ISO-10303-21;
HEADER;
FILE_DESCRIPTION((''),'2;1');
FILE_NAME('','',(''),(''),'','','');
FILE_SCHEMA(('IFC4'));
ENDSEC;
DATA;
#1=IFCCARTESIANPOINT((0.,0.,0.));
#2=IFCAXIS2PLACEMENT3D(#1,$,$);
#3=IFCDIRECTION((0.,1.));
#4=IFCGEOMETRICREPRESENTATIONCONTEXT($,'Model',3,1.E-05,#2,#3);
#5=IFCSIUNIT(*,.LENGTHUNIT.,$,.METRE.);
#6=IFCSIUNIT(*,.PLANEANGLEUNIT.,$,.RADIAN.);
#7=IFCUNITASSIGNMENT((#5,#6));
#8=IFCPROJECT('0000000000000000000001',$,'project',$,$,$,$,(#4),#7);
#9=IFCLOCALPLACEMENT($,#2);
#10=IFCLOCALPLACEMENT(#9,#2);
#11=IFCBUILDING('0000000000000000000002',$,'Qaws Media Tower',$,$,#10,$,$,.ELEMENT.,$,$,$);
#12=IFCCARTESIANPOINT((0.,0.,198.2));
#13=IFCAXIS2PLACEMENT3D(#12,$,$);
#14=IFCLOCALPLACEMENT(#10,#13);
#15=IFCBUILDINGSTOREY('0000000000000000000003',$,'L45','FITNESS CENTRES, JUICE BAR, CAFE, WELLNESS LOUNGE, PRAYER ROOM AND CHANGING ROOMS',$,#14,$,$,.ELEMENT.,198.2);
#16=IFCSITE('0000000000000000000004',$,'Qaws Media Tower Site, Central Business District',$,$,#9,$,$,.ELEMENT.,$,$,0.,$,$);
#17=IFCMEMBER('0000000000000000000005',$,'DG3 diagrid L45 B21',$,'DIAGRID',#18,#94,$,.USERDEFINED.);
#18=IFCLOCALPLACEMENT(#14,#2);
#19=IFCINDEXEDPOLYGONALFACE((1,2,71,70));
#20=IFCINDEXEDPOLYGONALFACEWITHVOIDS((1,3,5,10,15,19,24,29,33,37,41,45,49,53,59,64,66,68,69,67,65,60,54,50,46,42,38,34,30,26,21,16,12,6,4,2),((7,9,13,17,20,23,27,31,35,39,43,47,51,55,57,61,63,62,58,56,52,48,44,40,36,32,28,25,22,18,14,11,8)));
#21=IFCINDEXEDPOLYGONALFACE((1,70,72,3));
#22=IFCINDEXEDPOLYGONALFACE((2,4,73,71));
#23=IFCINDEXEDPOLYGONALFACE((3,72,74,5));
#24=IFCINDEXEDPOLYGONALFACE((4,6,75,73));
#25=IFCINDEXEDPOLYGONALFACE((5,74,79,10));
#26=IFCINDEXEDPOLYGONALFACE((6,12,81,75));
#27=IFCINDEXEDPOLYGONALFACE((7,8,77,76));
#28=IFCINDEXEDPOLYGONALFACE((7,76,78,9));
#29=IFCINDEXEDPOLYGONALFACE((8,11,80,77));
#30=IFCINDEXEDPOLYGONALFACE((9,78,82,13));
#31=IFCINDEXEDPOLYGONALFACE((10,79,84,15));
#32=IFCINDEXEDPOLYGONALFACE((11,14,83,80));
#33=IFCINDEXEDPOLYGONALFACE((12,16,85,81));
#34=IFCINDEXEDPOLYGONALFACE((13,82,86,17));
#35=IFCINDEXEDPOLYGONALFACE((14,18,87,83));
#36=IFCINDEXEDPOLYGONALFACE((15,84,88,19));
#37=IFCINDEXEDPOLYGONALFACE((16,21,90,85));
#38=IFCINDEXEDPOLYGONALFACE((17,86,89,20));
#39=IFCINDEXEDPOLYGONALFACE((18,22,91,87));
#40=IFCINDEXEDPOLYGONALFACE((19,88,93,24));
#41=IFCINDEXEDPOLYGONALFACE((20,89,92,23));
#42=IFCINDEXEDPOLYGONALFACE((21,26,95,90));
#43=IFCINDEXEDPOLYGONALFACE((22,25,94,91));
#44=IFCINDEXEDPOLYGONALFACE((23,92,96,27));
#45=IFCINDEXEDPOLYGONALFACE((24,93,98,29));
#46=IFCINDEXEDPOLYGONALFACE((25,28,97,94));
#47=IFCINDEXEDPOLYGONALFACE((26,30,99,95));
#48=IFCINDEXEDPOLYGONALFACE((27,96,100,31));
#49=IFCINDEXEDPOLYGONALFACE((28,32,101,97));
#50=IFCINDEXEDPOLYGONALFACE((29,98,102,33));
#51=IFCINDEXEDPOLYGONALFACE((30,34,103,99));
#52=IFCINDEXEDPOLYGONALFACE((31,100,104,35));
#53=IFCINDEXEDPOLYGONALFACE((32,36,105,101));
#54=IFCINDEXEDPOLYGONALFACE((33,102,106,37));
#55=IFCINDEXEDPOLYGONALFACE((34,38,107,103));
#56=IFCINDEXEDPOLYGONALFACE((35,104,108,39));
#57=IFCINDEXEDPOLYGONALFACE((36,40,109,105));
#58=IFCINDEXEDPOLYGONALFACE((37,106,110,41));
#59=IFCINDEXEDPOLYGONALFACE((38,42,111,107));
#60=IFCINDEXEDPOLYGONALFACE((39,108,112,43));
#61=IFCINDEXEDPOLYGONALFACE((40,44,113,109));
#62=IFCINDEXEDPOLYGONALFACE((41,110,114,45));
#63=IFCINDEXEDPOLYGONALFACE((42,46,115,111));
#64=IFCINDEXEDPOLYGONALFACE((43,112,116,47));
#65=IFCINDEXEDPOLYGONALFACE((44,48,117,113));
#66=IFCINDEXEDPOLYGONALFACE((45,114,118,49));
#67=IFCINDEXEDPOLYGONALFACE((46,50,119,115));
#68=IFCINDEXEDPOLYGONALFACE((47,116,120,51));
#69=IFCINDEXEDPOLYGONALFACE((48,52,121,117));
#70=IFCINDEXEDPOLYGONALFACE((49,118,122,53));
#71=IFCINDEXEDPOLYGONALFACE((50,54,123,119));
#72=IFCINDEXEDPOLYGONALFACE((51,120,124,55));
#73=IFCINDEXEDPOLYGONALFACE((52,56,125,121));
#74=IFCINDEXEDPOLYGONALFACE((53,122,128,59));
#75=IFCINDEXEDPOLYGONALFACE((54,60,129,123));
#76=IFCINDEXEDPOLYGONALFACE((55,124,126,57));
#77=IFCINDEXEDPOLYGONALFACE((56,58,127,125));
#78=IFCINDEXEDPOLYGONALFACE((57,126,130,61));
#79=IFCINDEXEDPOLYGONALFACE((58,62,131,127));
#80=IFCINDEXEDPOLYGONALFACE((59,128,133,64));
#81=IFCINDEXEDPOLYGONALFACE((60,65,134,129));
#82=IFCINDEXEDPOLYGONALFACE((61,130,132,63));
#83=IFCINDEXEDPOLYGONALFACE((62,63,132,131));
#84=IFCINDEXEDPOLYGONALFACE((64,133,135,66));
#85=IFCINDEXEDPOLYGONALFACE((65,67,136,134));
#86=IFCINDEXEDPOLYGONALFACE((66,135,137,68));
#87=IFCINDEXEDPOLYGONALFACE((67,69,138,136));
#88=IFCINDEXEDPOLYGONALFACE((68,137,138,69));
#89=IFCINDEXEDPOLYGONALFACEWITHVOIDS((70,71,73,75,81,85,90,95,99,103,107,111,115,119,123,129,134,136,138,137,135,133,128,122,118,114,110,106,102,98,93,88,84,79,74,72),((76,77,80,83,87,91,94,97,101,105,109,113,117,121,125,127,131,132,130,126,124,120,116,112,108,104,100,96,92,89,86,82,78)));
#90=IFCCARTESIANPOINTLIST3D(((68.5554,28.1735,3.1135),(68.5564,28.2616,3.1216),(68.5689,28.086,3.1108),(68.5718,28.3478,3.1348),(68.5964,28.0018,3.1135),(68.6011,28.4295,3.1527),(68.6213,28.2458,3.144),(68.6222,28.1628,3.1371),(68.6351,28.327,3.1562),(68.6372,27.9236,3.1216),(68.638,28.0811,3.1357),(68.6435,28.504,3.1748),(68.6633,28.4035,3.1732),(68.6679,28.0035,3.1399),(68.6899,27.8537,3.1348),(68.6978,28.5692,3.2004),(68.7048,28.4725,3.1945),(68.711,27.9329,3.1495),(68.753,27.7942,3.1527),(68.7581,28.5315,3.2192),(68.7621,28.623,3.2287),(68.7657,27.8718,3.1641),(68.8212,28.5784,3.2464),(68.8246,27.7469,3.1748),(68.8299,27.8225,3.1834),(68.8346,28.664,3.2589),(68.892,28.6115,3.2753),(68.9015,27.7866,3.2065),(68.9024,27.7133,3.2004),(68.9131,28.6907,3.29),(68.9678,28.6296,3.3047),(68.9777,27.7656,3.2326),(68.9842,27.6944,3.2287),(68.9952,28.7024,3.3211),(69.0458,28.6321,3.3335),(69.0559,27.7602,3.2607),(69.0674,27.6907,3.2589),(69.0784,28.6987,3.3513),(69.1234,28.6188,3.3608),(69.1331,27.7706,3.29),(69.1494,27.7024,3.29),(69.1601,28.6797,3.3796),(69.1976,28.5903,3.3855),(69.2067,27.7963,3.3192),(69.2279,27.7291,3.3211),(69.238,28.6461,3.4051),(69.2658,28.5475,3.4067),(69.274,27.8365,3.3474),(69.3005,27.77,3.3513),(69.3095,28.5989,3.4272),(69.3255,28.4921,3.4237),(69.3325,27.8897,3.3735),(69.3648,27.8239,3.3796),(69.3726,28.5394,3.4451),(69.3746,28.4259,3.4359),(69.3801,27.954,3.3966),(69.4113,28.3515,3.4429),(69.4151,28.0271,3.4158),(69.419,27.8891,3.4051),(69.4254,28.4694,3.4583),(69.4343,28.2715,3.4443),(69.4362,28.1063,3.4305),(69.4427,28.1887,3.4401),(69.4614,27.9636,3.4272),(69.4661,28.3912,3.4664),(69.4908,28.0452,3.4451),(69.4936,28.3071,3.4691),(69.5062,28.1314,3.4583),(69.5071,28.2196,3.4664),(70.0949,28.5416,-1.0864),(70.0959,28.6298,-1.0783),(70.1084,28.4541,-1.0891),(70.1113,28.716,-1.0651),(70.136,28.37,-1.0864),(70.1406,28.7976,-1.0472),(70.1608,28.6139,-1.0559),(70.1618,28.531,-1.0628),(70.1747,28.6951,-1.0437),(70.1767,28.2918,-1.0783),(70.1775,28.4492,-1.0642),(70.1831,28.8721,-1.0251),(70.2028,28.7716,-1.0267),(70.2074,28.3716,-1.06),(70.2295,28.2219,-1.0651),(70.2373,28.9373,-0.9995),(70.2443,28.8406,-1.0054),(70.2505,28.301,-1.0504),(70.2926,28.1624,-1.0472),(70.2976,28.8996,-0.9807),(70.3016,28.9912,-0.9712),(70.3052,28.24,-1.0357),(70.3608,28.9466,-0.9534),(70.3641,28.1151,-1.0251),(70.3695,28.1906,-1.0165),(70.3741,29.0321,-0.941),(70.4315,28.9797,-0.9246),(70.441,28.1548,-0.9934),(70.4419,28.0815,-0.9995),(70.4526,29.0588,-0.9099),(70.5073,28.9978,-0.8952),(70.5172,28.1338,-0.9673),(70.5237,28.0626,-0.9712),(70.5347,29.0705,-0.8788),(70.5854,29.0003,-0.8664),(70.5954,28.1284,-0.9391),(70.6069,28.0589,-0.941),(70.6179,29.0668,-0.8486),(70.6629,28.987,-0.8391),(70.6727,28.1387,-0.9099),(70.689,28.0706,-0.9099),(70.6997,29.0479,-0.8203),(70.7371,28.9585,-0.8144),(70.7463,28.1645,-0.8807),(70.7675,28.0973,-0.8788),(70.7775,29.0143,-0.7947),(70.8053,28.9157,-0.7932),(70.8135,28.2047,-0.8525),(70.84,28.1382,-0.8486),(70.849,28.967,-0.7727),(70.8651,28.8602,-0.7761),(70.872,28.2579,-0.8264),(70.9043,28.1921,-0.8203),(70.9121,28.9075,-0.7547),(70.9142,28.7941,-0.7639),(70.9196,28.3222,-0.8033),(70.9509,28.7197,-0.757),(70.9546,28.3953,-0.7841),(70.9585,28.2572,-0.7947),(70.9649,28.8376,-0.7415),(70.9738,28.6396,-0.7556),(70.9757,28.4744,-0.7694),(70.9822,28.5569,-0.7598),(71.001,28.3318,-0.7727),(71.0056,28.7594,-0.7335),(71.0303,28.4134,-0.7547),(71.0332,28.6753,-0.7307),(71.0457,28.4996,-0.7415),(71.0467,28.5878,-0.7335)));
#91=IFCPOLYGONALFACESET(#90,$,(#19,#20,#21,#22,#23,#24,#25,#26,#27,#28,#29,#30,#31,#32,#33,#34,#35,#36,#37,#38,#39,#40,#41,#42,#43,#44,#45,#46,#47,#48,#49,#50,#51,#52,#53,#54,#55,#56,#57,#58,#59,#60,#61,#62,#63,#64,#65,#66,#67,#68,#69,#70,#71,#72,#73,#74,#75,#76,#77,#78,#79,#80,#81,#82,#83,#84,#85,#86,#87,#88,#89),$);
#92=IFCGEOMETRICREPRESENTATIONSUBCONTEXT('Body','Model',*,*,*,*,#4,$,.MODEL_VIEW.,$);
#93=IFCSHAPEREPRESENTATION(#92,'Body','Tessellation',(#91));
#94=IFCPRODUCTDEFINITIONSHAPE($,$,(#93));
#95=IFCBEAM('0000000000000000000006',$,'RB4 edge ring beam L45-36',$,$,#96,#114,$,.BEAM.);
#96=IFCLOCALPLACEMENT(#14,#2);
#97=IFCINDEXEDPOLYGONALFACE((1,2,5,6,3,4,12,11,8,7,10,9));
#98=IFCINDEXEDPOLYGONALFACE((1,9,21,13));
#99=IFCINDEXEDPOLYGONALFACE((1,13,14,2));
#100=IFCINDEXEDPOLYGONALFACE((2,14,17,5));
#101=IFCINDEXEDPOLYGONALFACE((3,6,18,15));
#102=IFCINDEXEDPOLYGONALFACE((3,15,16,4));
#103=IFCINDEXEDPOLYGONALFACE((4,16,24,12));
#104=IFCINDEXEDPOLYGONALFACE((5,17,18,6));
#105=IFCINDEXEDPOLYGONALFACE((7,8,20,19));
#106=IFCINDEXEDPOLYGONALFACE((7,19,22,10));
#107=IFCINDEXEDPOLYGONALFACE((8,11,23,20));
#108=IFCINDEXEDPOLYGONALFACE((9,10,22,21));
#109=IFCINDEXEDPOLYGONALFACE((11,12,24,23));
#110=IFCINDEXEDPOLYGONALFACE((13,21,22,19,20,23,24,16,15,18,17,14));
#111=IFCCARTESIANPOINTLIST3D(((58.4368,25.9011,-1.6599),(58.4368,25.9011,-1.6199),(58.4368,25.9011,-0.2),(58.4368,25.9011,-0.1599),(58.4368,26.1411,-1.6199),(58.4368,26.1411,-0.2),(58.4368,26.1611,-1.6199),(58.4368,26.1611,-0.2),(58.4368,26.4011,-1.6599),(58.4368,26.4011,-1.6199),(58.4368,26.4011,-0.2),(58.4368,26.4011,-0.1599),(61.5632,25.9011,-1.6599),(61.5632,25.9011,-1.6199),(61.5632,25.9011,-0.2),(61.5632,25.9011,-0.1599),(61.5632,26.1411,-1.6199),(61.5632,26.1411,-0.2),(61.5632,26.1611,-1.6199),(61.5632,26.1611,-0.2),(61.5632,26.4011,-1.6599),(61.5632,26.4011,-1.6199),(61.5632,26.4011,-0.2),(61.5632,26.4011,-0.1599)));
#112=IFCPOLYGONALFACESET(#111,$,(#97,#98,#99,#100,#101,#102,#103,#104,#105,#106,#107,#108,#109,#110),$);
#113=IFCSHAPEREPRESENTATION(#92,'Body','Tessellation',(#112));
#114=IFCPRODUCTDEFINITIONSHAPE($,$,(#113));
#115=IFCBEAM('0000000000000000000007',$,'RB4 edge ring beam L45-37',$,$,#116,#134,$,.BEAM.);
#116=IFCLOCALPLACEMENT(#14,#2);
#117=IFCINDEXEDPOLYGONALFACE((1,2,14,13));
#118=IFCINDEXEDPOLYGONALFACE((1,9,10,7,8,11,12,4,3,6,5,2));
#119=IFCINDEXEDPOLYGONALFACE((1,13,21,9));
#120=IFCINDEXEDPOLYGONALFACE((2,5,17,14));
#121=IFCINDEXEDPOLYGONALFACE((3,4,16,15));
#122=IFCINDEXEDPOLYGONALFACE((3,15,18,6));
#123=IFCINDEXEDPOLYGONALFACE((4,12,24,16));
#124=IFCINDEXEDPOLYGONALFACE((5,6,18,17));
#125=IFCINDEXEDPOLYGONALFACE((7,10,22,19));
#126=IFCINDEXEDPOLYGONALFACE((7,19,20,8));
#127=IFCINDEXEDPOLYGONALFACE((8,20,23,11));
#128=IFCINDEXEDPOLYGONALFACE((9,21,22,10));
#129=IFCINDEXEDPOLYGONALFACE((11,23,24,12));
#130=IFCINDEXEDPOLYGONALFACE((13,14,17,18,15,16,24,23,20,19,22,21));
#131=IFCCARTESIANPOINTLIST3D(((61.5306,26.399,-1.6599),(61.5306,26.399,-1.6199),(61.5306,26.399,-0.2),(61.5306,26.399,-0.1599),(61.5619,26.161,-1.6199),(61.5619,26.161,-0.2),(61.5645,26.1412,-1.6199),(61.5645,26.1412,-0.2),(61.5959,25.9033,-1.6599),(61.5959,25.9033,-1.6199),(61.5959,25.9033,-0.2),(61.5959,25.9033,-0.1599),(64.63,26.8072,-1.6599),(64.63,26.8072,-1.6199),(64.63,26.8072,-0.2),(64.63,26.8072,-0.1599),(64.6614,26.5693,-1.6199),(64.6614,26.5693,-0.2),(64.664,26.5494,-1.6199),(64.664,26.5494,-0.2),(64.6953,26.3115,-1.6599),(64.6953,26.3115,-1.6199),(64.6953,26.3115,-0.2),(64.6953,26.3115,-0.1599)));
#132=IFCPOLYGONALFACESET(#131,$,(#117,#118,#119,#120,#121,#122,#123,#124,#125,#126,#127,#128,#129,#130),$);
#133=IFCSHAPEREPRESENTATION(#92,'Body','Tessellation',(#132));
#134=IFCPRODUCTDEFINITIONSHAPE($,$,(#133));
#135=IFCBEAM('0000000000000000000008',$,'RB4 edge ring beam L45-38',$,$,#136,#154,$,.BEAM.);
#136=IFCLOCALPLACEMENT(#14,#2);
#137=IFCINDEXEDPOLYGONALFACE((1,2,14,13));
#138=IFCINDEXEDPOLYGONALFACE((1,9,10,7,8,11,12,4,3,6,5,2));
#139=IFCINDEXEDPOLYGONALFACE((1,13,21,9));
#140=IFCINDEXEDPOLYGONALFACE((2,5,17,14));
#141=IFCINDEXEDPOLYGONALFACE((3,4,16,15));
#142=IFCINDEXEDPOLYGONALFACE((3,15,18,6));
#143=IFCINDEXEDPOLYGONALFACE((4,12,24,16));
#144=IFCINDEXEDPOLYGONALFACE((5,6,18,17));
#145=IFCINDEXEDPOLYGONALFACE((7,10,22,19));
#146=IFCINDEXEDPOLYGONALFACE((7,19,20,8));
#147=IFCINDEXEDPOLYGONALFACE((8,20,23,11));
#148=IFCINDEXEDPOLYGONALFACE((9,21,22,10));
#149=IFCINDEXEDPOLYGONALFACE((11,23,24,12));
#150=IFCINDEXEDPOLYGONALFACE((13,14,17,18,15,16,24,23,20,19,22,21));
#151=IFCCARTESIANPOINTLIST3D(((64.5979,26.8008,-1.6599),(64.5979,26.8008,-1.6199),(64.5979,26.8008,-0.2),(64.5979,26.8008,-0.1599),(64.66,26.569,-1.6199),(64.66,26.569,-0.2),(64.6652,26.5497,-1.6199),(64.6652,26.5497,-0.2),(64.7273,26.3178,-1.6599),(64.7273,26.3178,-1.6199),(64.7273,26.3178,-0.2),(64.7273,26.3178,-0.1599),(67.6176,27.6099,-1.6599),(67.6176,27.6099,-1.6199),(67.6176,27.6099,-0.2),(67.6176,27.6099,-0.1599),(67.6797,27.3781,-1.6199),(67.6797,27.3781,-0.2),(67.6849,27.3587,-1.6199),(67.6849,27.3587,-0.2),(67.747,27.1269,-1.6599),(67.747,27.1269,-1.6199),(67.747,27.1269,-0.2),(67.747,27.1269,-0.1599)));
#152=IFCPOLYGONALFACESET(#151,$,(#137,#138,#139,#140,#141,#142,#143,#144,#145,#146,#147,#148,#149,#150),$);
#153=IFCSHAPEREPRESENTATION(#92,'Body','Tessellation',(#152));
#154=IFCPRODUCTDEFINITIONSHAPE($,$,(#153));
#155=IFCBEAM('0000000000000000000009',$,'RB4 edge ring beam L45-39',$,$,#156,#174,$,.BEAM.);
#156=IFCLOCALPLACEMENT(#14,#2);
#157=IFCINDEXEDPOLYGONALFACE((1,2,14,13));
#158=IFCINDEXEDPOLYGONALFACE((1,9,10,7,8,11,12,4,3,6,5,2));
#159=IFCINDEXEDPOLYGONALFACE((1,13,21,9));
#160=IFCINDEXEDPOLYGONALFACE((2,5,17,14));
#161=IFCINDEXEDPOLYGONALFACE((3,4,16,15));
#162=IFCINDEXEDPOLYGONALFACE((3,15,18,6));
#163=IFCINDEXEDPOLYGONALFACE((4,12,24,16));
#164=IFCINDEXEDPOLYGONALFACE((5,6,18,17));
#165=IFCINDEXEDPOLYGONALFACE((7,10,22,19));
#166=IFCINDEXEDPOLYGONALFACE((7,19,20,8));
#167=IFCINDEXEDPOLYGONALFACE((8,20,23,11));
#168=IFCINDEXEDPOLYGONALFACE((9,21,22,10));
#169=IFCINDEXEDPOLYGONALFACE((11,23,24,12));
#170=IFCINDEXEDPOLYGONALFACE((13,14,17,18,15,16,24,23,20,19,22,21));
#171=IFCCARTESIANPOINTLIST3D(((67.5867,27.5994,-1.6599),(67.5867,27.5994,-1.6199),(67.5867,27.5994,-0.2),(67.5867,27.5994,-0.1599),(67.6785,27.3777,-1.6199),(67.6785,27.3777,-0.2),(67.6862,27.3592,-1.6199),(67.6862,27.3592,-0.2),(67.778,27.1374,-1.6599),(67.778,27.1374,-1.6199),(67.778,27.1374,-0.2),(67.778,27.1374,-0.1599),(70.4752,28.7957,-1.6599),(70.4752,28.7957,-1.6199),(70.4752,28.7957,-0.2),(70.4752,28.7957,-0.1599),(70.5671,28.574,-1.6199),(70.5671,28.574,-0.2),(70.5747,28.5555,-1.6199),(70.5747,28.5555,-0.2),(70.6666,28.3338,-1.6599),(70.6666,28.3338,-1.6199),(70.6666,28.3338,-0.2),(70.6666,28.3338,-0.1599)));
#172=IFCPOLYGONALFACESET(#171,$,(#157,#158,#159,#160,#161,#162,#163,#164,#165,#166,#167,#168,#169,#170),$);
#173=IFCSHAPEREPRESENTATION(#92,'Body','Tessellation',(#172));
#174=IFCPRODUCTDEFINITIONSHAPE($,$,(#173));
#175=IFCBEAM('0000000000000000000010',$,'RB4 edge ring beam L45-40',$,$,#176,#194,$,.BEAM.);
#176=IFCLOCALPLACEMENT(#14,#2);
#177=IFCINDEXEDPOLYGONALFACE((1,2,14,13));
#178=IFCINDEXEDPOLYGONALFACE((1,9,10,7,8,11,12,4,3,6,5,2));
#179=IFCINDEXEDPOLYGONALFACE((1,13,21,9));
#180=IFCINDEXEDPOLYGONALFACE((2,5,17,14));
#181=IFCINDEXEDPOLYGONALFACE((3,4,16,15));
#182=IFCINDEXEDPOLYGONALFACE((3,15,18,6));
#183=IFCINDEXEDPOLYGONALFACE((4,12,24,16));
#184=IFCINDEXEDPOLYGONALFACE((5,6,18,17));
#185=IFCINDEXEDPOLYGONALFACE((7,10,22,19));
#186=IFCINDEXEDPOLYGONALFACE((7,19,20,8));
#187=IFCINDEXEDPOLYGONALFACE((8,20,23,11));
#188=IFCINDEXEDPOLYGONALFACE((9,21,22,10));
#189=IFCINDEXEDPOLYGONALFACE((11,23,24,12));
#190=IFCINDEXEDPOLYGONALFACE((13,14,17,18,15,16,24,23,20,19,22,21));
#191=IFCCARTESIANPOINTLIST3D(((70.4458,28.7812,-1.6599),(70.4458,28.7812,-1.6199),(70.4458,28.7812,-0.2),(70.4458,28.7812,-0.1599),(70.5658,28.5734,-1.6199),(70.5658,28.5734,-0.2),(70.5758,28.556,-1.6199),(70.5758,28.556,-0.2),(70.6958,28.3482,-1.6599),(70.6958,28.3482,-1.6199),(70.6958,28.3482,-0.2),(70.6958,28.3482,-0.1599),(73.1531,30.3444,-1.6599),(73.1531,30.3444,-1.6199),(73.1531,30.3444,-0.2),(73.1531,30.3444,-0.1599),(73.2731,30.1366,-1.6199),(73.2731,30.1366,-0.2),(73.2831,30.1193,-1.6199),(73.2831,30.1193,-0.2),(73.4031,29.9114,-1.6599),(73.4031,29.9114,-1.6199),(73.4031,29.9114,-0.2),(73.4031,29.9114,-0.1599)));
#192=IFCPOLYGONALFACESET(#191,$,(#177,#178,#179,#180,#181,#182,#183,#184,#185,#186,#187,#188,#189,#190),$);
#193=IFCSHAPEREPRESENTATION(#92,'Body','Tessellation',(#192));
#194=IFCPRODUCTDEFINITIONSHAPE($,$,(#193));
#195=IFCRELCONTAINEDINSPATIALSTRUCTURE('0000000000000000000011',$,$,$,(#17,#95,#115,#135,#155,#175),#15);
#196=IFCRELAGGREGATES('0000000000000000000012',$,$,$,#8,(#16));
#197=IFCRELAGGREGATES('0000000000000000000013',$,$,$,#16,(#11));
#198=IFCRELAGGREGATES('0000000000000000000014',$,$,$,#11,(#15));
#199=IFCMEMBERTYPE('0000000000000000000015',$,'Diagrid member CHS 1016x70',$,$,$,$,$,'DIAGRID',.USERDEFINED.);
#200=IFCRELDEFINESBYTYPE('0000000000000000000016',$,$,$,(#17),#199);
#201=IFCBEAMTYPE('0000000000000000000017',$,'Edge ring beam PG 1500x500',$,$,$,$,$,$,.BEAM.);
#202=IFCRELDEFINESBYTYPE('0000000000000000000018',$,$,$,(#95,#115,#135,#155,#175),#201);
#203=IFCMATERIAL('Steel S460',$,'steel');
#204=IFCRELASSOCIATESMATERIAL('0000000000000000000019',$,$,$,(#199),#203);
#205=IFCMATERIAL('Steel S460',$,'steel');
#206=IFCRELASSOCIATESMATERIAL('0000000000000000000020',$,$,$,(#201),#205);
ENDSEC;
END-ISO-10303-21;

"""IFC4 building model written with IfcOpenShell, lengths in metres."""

from ifc_helpers import new_model, si_unit, direction, frame, origin, origin_2d, place, context, subcontext, project, spatial, hollow_circle, i_section, extrude, material, material_profile, profile_set, type_object, element, save


model = new_model("IFC4")

# Units and contexts
model_context = context("Model", 3, precision=1e-05, world=origin(), true_north=direction((0.0, 1.0)))
body_context = subcontext(model_context, "Body", "Model", "MODEL_VIEW")
ifc_project = project(units=[si_unit("LENGTHUNIT", "METRE"), si_unit("PLANEANGLEUNIT", "RADIAN")], contexts=[model_context])

# Site, building, storey
site_placement = place(None, origin())
site = spatial("IfcSite", under=ifc_project, at=site_placement, Name="Qaws Media Tower Site, Central Business District", CompositionType="ELEMENT", RefElevation=0.0)
building_placement = place(site_placement, origin())
building = spatial("IfcBuilding", under=site, at=building_placement, Name="Qaws Media Tower", CompositionType="ELEMENT")
storey_placement = place(building_placement, frame((0.0, 0.0, 198.2)))
storey = spatial("IfcBuildingStorey", under=building, at=storey_placement, Name="L45", Description="FITNESS CENTRES, JUICE BAR, CAFE, WELLNESS LOUNGE, PRAYER ROOM AND CHANGING ROOMS", CompositionType="ELEMENT", Elevation=198.2)

# Member
ifc_material_1 = material(Name="Steel S460", Category="steel")
ifc_material_profile_1 = material_profile(ifc_material_1, hollow_circle(Radius=0.5081, WallThickness=0.0701, at=origin_2d()), Name="CHS 1016x70")
ifc_profile_set_1 = profile_set([ifc_material_profile_1], Name="Steel S460")
member_type_1 = type_object("IfcMemberType", Name="Diagrid member CHS 1016x70", ElementType="DIAGRID", PredefinedType="USERDEFINED", material=ifc_profile_set_1)
for number, where, z_axis, x_axis, name in (
    (1, (70.5708, 28.5647, -0.9099), (-0.34301, -0.082026, 0.935744), (0.23258, -0.972577, 0.0), "DG3 diagrid L45 B21"),
):
    element("IfcMember", number, at=place(storey_placement, frame(where, z_axis=z_axis, x_axis=x_axis)), inside=storey, type_object=member_type_1, Name=name, ObjectType="DIAGRID", PredefinedType="USERDEFINED", context=body_context, shape_type="SweptSolid", body=[
        extrude(hollow_circle(Radius=0.5081, WallThickness=0.0701, at=origin_2d()), origin(), (0.0, 0.0, 1.0), 4.4883),
    ])

# Beams
ifc_material_2 = material(Name="Steel S460", Category="steel")
ifc_material_profile_2 = material_profile(ifc_material_2, i_section(OverallWidth=0.5, OverallDepth=1.5, WebThickness=0.02, FlangeThickness=0.04, at=origin_2d()), Name="PG 1500x500")
ifc_profile_set_2 = profile_set([ifc_material_profile_2], Name="Steel S460")
beam_type = type_object("IfcBeamType", Name="Edge ring beam PG 1500x500", PredefinedType="BEAM", material=ifc_profile_set_2)
beam_1_placement = place(storey_placement, frame((58.4368, 26.1511, -0.9099), z_axis=(1.0, 0.0, 0.0), x_axis=(0.0, 1.0, 0.0)))
element("IfcBeam", 2, at=beam_1_placement, inside=storey, type_object=beam_type, Name="RB4 edge ring beam L45-36", PredefinedType="BEAM", context=body_context, shape_type="SweptSolid", body=[
    extrude(i_section(OverallWidth=0.5, OverallDepth=1.5, WebThickness=0.02, FlangeThickness=0.04, at=origin_2d()), origin(), (0.0, 0.0, 1.0), 3.1265),
])
for number, where, z_axis, x_axis, name in (
    (3, (61.5632, 26.1511, -0.9099), (0.991438, 0.130578, 0.0), (-0.130578, 0.991438, 0.0), "RB4 edge ring beam L45-37"),
    (4, (64.6626, 26.5593, -0.9099), (0.965931, 0.2588, 0.0), (-0.2588, 0.965931, 0.0), "RB4 edge ring beam L45-38"),
):
    element("IfcBeam", number, at=place(storey_placement, frame(where, z_axis=z_axis, x_axis=x_axis)), inside=storey, type_object=beam_type, Name=name, PredefinedType="BEAM", context=body_context, shape_type="SweptSolid", body=[
        extrude(i_section(OverallWidth=0.5, OverallDepth=1.5, WebThickness=0.02, FlangeThickness=0.04, at=origin_2d()), origin(), (0.0, 0.0, 1.0), 3.1262),
    ])
beam_2_placement = place(storey_placement, frame((67.6824, 27.3684, -0.9099), z_axis=(0.923895, 0.382646, 0.0), x_axis=(-0.382646, 0.923895, 0.0)))
element("IfcBeam", 5, at=beam_2_placement, inside=storey, type_object=beam_type, Name="RB4 edge ring beam L45-39", PredefinedType="BEAM", context=body_context, shape_type="SweptSolid", body=[
    extrude(i_section(OverallWidth=0.5, OverallDepth=1.5, WebThickness=0.02, FlangeThickness=0.04, at=origin_2d()), origin(), (0.0, 0.0, 1.0), 3.1265),
])
beam_3_placement = place(storey_placement, frame((70.5708, 28.5647, -0.9099), z_axis=(0.866, 0.500045, 0.0), x_axis=(-0.500045, 0.866, 0.0)))
element("IfcBeam", 6, at=beam_3_placement, inside=storey, type_object=beam_type, Name="RB4 edge ring beam L45-40", PredefinedType="BEAM", context=body_context, shape_type="SweptSolid", body=[
    extrude(i_section(OverallWidth=0.5, OverallDepth=1.5, WebThickness=0.02, FlangeThickness=0.04, at=origin_2d()), origin(), (0.0, 0.0, 1.0), 3.1262),
])

save(model, "model.ifc")
